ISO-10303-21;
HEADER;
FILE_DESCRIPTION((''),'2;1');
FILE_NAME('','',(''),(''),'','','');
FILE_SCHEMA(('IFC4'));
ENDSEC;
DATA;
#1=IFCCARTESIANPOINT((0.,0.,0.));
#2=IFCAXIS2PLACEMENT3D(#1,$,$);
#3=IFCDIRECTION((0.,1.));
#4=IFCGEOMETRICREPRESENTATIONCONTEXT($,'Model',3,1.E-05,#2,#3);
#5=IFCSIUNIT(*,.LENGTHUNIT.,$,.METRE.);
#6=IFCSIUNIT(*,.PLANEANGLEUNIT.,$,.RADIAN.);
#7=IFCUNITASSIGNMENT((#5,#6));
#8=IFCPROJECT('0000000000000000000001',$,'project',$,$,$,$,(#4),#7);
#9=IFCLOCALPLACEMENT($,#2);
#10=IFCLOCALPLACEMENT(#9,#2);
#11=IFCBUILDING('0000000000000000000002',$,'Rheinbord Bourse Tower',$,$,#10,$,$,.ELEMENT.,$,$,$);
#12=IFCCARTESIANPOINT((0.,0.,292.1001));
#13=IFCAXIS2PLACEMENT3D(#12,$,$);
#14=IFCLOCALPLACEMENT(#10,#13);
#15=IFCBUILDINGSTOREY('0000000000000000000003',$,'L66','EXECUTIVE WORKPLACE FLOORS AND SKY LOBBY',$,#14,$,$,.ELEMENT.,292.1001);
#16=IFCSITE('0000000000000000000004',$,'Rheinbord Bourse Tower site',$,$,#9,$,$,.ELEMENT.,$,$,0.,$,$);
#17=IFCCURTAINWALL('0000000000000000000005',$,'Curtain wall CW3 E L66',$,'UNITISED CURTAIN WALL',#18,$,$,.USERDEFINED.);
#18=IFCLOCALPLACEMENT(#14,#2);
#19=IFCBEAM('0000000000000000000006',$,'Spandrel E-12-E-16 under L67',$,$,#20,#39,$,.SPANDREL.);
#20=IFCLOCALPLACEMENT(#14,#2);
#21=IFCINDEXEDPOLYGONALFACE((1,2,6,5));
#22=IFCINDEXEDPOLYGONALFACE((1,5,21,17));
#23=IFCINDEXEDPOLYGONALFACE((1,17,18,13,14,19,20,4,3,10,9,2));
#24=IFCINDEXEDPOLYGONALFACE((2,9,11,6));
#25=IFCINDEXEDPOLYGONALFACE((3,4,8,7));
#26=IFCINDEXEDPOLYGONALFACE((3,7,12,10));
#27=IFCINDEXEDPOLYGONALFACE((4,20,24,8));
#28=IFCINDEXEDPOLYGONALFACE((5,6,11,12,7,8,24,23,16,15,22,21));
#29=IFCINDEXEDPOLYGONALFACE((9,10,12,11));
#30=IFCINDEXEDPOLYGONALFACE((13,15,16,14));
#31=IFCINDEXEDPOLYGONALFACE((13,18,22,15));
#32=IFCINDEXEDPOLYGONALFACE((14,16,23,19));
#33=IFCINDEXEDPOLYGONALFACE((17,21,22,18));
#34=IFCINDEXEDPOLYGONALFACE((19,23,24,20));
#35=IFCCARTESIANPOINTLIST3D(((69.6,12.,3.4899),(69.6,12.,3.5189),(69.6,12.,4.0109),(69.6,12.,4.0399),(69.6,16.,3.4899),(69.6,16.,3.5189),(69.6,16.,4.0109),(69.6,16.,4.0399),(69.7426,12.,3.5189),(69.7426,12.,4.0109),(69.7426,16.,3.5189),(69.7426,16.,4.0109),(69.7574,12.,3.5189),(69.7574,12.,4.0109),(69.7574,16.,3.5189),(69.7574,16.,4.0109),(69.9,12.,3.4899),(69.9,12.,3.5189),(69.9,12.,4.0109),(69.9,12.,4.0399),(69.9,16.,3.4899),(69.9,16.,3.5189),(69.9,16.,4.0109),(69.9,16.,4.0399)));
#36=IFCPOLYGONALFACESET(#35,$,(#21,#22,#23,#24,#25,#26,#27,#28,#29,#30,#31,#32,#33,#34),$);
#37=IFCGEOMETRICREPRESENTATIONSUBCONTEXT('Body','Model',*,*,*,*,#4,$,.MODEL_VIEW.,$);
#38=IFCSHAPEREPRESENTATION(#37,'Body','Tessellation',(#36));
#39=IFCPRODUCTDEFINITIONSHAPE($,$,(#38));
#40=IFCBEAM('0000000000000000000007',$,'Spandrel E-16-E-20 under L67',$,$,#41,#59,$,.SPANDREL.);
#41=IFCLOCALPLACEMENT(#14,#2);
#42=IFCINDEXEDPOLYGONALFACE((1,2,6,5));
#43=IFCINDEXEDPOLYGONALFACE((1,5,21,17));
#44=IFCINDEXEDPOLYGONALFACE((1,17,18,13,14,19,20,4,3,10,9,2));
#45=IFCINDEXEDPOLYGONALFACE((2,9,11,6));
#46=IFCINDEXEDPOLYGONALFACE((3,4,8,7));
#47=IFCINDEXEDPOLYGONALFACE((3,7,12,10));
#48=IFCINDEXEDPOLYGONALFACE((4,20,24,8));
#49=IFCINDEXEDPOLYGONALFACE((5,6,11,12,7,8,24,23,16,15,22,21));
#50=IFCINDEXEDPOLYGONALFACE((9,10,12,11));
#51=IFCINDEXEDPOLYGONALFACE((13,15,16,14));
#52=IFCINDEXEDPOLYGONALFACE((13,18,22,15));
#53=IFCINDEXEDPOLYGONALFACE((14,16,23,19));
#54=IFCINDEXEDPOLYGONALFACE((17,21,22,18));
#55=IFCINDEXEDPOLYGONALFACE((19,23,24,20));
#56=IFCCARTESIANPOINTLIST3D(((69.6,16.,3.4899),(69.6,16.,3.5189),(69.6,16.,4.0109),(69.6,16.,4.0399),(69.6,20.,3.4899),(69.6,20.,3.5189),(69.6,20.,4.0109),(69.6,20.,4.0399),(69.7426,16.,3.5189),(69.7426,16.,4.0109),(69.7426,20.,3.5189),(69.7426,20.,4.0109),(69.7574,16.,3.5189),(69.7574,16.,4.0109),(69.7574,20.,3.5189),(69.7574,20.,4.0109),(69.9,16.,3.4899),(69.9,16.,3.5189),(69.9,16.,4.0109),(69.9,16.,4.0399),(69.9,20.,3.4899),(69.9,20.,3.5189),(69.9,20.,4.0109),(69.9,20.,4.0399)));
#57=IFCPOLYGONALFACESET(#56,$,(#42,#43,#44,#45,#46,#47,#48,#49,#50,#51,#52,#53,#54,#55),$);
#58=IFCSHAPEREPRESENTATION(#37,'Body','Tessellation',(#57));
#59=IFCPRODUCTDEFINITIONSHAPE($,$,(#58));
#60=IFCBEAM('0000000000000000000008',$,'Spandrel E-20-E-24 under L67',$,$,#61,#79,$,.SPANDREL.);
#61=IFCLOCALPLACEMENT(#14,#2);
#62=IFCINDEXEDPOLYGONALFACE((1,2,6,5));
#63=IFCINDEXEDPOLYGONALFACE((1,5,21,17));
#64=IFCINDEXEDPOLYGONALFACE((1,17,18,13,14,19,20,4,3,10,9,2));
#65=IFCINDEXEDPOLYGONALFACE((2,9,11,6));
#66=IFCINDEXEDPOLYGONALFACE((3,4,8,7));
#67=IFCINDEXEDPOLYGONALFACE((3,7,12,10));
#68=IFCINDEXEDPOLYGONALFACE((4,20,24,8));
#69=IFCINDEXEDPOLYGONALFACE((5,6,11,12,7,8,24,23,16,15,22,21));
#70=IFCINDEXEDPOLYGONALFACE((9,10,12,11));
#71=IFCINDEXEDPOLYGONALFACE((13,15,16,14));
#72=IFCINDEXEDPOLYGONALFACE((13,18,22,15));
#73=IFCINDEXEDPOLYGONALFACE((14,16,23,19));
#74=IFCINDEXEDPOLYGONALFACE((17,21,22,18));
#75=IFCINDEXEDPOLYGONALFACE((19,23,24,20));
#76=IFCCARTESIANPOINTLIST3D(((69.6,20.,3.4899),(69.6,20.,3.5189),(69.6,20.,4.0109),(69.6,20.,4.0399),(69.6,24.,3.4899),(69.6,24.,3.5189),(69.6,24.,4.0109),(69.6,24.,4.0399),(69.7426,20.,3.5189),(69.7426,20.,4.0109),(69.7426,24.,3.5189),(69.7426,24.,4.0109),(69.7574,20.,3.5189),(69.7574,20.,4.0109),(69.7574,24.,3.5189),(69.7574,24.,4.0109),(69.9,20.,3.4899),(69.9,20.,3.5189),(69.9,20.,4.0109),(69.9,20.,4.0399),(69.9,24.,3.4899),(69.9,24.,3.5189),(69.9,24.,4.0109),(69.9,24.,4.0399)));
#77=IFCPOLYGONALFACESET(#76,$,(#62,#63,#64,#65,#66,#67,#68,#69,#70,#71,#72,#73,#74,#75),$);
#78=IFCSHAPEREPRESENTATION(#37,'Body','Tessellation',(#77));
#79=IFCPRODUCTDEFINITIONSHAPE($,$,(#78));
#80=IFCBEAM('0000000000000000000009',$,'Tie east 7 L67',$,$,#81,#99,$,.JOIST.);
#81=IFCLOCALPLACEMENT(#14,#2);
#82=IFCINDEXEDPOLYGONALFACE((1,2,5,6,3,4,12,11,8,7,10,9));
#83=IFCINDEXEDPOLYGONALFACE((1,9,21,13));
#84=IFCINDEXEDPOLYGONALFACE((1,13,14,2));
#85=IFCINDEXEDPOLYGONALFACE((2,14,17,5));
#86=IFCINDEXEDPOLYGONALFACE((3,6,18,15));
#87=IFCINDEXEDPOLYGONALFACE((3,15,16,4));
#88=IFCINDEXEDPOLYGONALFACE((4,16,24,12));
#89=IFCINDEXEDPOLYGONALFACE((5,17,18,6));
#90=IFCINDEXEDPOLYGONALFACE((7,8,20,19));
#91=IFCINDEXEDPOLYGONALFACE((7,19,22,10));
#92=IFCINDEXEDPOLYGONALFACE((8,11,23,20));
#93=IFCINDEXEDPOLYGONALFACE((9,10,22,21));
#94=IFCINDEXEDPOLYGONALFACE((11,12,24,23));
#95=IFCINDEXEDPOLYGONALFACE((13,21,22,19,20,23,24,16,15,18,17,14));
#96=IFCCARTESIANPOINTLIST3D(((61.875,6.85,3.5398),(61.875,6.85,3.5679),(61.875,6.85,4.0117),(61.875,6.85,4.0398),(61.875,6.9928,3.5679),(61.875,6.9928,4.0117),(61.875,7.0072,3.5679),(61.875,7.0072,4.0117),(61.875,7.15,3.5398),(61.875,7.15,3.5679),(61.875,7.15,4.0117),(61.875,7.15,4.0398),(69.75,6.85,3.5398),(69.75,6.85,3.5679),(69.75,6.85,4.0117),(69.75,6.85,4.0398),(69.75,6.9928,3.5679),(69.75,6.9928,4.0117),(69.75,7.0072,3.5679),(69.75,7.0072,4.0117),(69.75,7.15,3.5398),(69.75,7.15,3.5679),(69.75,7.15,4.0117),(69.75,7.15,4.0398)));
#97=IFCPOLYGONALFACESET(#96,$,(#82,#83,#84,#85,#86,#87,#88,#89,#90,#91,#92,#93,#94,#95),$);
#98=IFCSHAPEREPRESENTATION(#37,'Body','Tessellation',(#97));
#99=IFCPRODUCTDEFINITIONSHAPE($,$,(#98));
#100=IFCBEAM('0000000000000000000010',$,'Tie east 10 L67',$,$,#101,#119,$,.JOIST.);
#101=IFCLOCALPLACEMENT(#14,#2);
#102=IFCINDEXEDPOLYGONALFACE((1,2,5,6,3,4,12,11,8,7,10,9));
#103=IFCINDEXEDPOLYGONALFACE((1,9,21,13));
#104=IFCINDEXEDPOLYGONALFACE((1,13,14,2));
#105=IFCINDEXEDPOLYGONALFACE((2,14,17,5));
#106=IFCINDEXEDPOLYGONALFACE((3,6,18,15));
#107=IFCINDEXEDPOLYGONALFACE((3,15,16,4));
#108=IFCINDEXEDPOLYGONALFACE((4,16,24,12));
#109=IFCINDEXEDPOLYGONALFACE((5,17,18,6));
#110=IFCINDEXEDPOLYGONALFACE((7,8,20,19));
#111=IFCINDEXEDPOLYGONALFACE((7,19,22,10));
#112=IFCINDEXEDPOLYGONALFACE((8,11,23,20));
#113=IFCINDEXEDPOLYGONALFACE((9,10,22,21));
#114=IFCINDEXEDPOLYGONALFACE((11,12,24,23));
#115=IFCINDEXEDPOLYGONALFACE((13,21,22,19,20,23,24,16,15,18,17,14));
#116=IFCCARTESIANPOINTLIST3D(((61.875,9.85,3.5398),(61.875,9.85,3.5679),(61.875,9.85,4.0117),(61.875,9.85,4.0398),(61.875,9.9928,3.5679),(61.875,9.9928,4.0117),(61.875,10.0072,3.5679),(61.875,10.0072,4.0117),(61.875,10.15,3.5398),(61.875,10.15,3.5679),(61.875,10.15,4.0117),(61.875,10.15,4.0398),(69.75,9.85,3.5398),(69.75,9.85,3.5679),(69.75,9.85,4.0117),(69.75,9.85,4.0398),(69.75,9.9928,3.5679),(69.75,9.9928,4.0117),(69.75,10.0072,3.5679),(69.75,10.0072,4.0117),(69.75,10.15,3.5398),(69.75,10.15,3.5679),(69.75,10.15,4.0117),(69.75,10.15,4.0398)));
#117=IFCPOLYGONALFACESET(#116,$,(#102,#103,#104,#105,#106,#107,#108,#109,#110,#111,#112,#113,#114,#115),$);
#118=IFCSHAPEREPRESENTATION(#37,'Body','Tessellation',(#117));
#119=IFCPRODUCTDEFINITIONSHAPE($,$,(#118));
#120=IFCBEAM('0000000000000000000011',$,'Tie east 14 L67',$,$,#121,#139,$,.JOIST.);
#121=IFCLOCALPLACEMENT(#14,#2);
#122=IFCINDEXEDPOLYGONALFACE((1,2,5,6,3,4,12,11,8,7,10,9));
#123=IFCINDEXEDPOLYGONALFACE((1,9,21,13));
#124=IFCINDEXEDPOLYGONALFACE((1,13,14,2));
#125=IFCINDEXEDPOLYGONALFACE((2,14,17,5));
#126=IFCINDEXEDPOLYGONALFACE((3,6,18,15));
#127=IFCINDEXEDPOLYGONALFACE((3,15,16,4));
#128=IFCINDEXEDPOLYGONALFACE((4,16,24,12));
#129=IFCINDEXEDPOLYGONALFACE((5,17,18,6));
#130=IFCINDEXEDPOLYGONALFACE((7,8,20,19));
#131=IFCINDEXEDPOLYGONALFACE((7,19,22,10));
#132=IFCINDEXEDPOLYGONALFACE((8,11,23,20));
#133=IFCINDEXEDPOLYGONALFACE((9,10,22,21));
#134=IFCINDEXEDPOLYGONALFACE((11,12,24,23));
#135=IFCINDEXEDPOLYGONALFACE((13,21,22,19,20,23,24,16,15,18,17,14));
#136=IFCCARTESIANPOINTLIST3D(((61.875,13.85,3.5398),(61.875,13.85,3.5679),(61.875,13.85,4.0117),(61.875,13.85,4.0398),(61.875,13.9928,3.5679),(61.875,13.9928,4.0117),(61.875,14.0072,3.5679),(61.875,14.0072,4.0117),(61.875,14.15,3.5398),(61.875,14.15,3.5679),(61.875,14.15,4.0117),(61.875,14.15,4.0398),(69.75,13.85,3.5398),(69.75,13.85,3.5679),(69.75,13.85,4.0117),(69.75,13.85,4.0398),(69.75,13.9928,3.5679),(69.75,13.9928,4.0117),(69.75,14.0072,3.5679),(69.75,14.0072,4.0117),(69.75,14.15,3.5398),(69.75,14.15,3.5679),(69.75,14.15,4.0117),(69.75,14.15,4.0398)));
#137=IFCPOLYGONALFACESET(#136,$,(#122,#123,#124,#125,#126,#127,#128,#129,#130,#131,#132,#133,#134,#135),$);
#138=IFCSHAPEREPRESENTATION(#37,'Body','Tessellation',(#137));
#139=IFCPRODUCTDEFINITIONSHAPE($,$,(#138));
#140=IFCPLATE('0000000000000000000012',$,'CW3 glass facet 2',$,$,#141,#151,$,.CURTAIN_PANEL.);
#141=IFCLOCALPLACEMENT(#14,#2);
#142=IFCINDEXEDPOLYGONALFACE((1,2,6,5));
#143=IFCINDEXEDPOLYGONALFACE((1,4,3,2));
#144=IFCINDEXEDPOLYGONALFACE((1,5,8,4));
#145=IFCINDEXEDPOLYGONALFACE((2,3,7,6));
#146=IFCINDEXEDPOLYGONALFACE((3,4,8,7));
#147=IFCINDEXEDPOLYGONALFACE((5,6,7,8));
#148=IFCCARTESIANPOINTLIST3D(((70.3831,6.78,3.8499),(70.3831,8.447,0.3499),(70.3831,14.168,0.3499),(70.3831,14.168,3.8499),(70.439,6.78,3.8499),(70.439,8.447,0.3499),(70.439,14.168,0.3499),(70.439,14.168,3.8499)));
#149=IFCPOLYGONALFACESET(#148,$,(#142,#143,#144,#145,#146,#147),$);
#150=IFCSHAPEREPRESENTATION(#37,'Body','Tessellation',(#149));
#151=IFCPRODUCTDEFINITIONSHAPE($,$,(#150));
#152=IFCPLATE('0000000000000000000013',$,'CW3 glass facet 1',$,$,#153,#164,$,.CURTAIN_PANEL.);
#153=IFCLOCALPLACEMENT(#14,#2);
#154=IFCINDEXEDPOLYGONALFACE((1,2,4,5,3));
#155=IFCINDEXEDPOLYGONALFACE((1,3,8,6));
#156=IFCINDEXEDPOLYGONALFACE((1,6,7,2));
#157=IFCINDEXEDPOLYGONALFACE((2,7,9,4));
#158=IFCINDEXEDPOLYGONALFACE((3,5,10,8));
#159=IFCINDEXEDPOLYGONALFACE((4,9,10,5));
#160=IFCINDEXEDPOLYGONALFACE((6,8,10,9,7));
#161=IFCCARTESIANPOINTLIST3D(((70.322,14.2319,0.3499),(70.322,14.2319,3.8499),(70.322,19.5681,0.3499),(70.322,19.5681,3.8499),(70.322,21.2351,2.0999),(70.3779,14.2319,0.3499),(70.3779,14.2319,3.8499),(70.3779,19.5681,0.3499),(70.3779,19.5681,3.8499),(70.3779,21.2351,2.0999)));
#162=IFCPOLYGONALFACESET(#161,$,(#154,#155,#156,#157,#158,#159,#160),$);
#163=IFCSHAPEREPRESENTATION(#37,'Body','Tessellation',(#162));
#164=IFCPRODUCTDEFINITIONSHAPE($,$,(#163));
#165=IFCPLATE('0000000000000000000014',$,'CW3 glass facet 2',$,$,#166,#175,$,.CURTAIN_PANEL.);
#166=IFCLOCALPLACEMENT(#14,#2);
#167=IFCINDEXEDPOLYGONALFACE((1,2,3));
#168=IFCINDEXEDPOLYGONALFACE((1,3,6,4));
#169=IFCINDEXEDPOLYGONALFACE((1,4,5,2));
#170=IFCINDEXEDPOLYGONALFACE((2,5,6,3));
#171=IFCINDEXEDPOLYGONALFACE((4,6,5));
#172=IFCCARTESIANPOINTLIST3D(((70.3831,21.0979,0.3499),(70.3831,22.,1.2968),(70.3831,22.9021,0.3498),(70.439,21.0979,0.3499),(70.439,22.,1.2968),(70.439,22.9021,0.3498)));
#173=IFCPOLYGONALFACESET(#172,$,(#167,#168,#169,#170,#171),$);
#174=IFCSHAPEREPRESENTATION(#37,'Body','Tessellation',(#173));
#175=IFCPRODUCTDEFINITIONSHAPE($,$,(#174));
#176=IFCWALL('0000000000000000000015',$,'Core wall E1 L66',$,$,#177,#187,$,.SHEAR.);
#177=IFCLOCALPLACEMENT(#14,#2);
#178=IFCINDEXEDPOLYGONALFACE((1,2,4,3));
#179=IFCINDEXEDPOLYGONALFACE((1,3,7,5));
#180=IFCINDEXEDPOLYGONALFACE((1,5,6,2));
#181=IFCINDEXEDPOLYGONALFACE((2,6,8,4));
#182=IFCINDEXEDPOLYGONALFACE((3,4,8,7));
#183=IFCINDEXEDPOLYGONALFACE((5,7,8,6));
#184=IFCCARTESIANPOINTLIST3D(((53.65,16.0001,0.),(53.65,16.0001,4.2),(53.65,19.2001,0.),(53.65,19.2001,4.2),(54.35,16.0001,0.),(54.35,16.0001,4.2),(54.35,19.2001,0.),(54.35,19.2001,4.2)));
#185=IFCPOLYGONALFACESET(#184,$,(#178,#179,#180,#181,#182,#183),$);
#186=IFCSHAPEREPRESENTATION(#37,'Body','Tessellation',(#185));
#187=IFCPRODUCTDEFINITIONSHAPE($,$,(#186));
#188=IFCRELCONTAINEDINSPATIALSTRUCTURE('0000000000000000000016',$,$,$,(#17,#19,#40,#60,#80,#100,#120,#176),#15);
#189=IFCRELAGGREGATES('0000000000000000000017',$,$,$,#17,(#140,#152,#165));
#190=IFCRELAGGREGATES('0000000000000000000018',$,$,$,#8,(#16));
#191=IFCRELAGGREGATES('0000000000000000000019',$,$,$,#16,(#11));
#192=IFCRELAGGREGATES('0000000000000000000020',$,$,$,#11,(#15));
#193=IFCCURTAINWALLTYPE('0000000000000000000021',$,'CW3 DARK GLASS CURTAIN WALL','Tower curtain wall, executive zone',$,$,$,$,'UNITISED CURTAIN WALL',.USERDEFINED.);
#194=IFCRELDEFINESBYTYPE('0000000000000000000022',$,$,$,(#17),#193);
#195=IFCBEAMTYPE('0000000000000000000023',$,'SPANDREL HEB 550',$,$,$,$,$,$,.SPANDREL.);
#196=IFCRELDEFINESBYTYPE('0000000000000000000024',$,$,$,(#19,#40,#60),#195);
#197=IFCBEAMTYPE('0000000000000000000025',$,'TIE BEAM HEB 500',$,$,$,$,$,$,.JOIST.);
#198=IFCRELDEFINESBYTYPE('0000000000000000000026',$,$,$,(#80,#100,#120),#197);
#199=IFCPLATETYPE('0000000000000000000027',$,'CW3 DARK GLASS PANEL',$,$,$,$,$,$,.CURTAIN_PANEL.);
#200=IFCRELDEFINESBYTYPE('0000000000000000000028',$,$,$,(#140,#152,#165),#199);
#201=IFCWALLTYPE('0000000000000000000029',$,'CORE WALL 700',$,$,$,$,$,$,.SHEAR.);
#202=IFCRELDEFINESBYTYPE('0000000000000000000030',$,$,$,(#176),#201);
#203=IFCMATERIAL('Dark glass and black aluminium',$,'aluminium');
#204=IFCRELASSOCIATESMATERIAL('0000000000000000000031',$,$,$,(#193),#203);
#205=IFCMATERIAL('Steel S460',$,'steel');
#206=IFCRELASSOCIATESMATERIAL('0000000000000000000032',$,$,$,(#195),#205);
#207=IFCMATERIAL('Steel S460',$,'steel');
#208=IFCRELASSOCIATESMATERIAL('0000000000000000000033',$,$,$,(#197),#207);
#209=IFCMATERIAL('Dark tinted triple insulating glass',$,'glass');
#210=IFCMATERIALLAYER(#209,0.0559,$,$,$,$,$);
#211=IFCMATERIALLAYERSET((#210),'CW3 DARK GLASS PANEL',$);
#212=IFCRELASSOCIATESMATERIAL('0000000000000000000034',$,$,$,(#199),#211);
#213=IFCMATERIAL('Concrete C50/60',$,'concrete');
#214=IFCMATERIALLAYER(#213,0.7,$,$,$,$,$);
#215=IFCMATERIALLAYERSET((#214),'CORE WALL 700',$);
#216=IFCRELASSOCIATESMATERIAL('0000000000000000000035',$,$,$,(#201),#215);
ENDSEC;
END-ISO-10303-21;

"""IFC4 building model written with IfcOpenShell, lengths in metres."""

from ifc_helpers import new_model, si_unit, direction, frame, frame_2d, origin, origin_2d, place, context, subcontext, project, spatial, polyline, rectangle, i_section, outline, extrude, material, layer, layer_set, material_profile, profile_set, type_object, element, aggregate, save


model = new_model("IFC4")

# Units and contexts
model_context = context("Model", 3, precision=1e-05, world=origin(), true_north=direction((0.0, 1.0)))
body_context = subcontext(model_context, "Body", "Model", "MODEL_VIEW")
ifc_project = project(units=[si_unit("LENGTHUNIT", "METRE"), si_unit("PLANEANGLEUNIT", "RADIAN")], contexts=[model_context])

# Site, building, storey
site_placement = place(None, origin())
site = spatial("IfcSite", under=ifc_project, at=site_placement, Name="Rheinbord Bourse Tower site", CompositionType="ELEMENT", RefElevation=0.0)
building_placement = place(site_placement, origin())
building = spatial("IfcBuilding", under=site, at=building_placement, Name="Rheinbord Bourse Tower", CompositionType="ELEMENT")
storey_placement = place(building_placement, frame((0.0, 0.0, 292.1001)))
storey = spatial("IfcBuildingStorey", under=building, at=storey_placement, Name="L66", Description="EXECUTIVE WORKPLACE FLOORS AND SKY LOBBY", CompositionType="ELEMENT", Elevation=292.1001)

# Curtain wall
ifc_material_1 = material(Name="Dark glass and black aluminium", Category="aluminium")
curtain_wall_type = type_object("IfcCurtainWallType", Name="CW3 DARK GLASS CURTAIN WALL", Description="Tower curtain wall, executive zone", ElementType="UNITISED CURTAIN WALL", PredefinedType="USERDEFINED", material=ifc_material_1)
curtain_wall_placement = place(storey_placement, origin())
curtain_wall = element("IfcCurtainWall", 1, at=curtain_wall_placement, inside=storey, type_object=curtain_wall_type, Name="Curtain wall CW3 E L66", ObjectType="UNITISED CURTAIN WALL", PredefinedType="USERDEFINED")

# Beams
ifc_material_2 = material(Name="Steel S460", Category="steel")
ifc_material_profile_1 = material_profile(ifc_material_2, i_section(OverallWidth=0.3, OverallDepth=0.55, WebThickness=0.0149, FlangeThickness=0.0291, at=origin_2d()), Name="HEB 550")
ifc_profile_set_1 = profile_set([ifc_material_profile_1], Name="Steel S460")
beam_type_1 = type_object("IfcBeamType", Name="SPANDREL HEB 550", PredefinedType="SPANDREL", material=ifc_profile_set_1)
for number, where, z_axis, x_axis, name in (
    (2, (69.75, 12.0, 3.7649), (0.0, 1.0, 0.0), (-1.0, 0.0, 0.0), "Spandrel E-12-E-16 under L67"),
    (3, (69.75, 16.0, 3.7649), (0.0, 1.0, 0.0), (-1.0, 0.0, 0.0), "Spandrel E-16-E-20 under L67"),
    (4, (69.75, 20.0, 3.7649), (0.0, 1.0, 0.0), (-1.0, 0.0, 0.0), "Spandrel E-20-E-24 under L67"),
):
    element("IfcBeam", number, at=place(storey_placement, frame(where, z_axis=z_axis, x_axis=x_axis)), inside=storey, type_object=beam_type_1, Name=name, PredefinedType="SPANDREL", context=body_context, shape_type="SweptSolid", body=[
        extrude(i_section(OverallWidth=0.3, OverallDepth=0.55, WebThickness=0.0149, FlangeThickness=0.0291, at=origin_2d()), origin(), (0.0, 0.0, 1.0), 4.0),
    ])
ifc_material_3 = material(Name="Steel S460", Category="steel")
ifc_material_profile_2 = material_profile(ifc_material_3, i_section(OverallWidth=0.3, OverallDepth=0.5, WebThickness=0.0144, FlangeThickness=0.0281, at=origin_2d()), Name="HEB 500")
ifc_profile_set_2 = profile_set([ifc_material_profile_2], Name="Steel S460")
beam_type_2 = type_object("IfcBeamType", Name="TIE BEAM HEB 500", PredefinedType="JOIST", material=ifc_profile_set_2)
for number, where, z_axis, x_axis, name in (
    (5, (61.875, 7.0, 3.7898), (1.0, 0.0, 0.0), (0.0, 1.0, 0.0), "Tie east 7 L67"),
    (6, (61.875, 10.0, 3.7898), (1.0, 0.0, 0.0), (0.0, 1.0, 0.0), "Tie east 10 L67"),
    (7, (61.875, 14.0, 3.7898), (1.0, 0.0, 0.0), (0.0, 1.0, 0.0), "Tie east 14 L67"),
):
    element("IfcBeam", number, at=place(storey_placement, frame(where, z_axis=z_axis, x_axis=x_axis)), inside=storey, type_object=beam_type_2, Name=name, PredefinedType="JOIST", context=body_context, shape_type="SweptSolid", body=[
        extrude(i_section(OverallWidth=0.3, OverallDepth=0.5, WebThickness=0.0144, FlangeThickness=0.0281, at=origin_2d()), origin(), (0.0, 0.0, 1.0), 7.875),
    ])

# Plates
ifc_material_4 = material(Name="Dark tinted triple insulating glass", Category="glass")
ifc_layer_1 = layer(ifc_material_4, 0.0559)
ifc_layer_set_1 = layer_set([ifc_layer_1], Name="CW3 DARK GLASS PANEL")
plate_type = type_object("IfcPlateType", Name="CW3 DARK GLASS PANEL", PredefinedType="CURTAIN_PANEL", material=ifc_layer_set_1)
plate_1_placement = place(storey_placement, frame((70.439, 14.168, 3.8499), z_axis=(-1.0, 0.0, 0.0), x_axis=(0.0, 0.0, -1.0)))
plate_1 = element("IfcPlate", 8, at=plate_1_placement, type_object=plate_type, Name="CW3 glass facet 2", PredefinedType="CURTAIN_PANEL", context=body_context, shape_type="SweptSolid", body=[
    extrude(outline(polyline([(0.0, 0.0), (3.5, 0.0), (3.5, 5.7209), (0.0, 7.3879), (0.0, 0.0)])), origin(), (0.0, 0.0, 1.0), 0.0559),
])
plate_2_placement = place(storey_placement, frame((70.3779, 14.2319, 0.3499), z_axis=(-1.0, 0.0, 0.0), x_axis=(0.0, 0.0, 1.0)))
plate_2 = element("IfcPlate", 9, at=plate_2_placement, type_object=plate_type, Name="CW3 glass facet 1", PredefinedType="CURTAIN_PANEL", context=body_context, shape_type="SweptSolid", body=[
    extrude(outline(polyline([(0.0, 0.0), (3.5, 0.0), (3.5, 5.3362), (1.75, 7.0032), (0.0, 5.3362), (0.0, 0.0)])), origin(), (0.0, 0.0, 1.0), 0.0559),
])
plate_3_placement = place(storey_placement, frame((70.439, 21.0979, 0.3499), z_axis=(-1.0, 0.0, 0.0), x_axis=(0.0, 0.689725, 0.724071)))
plate_3 = element("IfcPlate", 10, at=plate_3_placement, type_object=plate_type, Name="CW3 glass facet 2", PredefinedType="CURTAIN_PANEL", context=body_context, shape_type="SweptSolid", body=[
    extrude(outline(polyline([(0.0, 0.0), (1.3079, 0.0), (1.2444, 1.3064), (0.0, 0.0)])), origin(), (0.0, 0.0, 1.0), 0.0559),
])
aggregate(curtain_wall, [plate_1, plate_2, plate_3])

# Wall
ifc_material_5 = material(Name="Concrete C50/60", Category="concrete")
ifc_layer_2 = layer(ifc_material_5, 0.7)
ifc_layer_set_2 = layer_set([ifc_layer_2], Name="CORE WALL 700")
wall_type_1 = type_object("IfcWallType", Name="CORE WALL 700", PredefinedType="SHEAR", material=ifc_layer_set_2)
wall_1_placement = place(storey_placement, frame((54.0, 16.0, 0.0), z_axis=(0.0, 0.0, 1.0), x_axis=(0.0, 1.0, 0.0)))
element("IfcWall", 11, at=wall_1_placement, inside=storey, type_object=wall_type_1, Name="Core wall E1 L66", PredefinedType="SHEAR", context=body_context, shape_type="SweptSolid", body=[
    extrude(rectangle(XDim=3.2, YDim=0.7, at=frame_2d((1.6001, 0.0))), origin(), (0.0, 0.0, 1.0), 4.2),
])

save(model, "model.ifc")
